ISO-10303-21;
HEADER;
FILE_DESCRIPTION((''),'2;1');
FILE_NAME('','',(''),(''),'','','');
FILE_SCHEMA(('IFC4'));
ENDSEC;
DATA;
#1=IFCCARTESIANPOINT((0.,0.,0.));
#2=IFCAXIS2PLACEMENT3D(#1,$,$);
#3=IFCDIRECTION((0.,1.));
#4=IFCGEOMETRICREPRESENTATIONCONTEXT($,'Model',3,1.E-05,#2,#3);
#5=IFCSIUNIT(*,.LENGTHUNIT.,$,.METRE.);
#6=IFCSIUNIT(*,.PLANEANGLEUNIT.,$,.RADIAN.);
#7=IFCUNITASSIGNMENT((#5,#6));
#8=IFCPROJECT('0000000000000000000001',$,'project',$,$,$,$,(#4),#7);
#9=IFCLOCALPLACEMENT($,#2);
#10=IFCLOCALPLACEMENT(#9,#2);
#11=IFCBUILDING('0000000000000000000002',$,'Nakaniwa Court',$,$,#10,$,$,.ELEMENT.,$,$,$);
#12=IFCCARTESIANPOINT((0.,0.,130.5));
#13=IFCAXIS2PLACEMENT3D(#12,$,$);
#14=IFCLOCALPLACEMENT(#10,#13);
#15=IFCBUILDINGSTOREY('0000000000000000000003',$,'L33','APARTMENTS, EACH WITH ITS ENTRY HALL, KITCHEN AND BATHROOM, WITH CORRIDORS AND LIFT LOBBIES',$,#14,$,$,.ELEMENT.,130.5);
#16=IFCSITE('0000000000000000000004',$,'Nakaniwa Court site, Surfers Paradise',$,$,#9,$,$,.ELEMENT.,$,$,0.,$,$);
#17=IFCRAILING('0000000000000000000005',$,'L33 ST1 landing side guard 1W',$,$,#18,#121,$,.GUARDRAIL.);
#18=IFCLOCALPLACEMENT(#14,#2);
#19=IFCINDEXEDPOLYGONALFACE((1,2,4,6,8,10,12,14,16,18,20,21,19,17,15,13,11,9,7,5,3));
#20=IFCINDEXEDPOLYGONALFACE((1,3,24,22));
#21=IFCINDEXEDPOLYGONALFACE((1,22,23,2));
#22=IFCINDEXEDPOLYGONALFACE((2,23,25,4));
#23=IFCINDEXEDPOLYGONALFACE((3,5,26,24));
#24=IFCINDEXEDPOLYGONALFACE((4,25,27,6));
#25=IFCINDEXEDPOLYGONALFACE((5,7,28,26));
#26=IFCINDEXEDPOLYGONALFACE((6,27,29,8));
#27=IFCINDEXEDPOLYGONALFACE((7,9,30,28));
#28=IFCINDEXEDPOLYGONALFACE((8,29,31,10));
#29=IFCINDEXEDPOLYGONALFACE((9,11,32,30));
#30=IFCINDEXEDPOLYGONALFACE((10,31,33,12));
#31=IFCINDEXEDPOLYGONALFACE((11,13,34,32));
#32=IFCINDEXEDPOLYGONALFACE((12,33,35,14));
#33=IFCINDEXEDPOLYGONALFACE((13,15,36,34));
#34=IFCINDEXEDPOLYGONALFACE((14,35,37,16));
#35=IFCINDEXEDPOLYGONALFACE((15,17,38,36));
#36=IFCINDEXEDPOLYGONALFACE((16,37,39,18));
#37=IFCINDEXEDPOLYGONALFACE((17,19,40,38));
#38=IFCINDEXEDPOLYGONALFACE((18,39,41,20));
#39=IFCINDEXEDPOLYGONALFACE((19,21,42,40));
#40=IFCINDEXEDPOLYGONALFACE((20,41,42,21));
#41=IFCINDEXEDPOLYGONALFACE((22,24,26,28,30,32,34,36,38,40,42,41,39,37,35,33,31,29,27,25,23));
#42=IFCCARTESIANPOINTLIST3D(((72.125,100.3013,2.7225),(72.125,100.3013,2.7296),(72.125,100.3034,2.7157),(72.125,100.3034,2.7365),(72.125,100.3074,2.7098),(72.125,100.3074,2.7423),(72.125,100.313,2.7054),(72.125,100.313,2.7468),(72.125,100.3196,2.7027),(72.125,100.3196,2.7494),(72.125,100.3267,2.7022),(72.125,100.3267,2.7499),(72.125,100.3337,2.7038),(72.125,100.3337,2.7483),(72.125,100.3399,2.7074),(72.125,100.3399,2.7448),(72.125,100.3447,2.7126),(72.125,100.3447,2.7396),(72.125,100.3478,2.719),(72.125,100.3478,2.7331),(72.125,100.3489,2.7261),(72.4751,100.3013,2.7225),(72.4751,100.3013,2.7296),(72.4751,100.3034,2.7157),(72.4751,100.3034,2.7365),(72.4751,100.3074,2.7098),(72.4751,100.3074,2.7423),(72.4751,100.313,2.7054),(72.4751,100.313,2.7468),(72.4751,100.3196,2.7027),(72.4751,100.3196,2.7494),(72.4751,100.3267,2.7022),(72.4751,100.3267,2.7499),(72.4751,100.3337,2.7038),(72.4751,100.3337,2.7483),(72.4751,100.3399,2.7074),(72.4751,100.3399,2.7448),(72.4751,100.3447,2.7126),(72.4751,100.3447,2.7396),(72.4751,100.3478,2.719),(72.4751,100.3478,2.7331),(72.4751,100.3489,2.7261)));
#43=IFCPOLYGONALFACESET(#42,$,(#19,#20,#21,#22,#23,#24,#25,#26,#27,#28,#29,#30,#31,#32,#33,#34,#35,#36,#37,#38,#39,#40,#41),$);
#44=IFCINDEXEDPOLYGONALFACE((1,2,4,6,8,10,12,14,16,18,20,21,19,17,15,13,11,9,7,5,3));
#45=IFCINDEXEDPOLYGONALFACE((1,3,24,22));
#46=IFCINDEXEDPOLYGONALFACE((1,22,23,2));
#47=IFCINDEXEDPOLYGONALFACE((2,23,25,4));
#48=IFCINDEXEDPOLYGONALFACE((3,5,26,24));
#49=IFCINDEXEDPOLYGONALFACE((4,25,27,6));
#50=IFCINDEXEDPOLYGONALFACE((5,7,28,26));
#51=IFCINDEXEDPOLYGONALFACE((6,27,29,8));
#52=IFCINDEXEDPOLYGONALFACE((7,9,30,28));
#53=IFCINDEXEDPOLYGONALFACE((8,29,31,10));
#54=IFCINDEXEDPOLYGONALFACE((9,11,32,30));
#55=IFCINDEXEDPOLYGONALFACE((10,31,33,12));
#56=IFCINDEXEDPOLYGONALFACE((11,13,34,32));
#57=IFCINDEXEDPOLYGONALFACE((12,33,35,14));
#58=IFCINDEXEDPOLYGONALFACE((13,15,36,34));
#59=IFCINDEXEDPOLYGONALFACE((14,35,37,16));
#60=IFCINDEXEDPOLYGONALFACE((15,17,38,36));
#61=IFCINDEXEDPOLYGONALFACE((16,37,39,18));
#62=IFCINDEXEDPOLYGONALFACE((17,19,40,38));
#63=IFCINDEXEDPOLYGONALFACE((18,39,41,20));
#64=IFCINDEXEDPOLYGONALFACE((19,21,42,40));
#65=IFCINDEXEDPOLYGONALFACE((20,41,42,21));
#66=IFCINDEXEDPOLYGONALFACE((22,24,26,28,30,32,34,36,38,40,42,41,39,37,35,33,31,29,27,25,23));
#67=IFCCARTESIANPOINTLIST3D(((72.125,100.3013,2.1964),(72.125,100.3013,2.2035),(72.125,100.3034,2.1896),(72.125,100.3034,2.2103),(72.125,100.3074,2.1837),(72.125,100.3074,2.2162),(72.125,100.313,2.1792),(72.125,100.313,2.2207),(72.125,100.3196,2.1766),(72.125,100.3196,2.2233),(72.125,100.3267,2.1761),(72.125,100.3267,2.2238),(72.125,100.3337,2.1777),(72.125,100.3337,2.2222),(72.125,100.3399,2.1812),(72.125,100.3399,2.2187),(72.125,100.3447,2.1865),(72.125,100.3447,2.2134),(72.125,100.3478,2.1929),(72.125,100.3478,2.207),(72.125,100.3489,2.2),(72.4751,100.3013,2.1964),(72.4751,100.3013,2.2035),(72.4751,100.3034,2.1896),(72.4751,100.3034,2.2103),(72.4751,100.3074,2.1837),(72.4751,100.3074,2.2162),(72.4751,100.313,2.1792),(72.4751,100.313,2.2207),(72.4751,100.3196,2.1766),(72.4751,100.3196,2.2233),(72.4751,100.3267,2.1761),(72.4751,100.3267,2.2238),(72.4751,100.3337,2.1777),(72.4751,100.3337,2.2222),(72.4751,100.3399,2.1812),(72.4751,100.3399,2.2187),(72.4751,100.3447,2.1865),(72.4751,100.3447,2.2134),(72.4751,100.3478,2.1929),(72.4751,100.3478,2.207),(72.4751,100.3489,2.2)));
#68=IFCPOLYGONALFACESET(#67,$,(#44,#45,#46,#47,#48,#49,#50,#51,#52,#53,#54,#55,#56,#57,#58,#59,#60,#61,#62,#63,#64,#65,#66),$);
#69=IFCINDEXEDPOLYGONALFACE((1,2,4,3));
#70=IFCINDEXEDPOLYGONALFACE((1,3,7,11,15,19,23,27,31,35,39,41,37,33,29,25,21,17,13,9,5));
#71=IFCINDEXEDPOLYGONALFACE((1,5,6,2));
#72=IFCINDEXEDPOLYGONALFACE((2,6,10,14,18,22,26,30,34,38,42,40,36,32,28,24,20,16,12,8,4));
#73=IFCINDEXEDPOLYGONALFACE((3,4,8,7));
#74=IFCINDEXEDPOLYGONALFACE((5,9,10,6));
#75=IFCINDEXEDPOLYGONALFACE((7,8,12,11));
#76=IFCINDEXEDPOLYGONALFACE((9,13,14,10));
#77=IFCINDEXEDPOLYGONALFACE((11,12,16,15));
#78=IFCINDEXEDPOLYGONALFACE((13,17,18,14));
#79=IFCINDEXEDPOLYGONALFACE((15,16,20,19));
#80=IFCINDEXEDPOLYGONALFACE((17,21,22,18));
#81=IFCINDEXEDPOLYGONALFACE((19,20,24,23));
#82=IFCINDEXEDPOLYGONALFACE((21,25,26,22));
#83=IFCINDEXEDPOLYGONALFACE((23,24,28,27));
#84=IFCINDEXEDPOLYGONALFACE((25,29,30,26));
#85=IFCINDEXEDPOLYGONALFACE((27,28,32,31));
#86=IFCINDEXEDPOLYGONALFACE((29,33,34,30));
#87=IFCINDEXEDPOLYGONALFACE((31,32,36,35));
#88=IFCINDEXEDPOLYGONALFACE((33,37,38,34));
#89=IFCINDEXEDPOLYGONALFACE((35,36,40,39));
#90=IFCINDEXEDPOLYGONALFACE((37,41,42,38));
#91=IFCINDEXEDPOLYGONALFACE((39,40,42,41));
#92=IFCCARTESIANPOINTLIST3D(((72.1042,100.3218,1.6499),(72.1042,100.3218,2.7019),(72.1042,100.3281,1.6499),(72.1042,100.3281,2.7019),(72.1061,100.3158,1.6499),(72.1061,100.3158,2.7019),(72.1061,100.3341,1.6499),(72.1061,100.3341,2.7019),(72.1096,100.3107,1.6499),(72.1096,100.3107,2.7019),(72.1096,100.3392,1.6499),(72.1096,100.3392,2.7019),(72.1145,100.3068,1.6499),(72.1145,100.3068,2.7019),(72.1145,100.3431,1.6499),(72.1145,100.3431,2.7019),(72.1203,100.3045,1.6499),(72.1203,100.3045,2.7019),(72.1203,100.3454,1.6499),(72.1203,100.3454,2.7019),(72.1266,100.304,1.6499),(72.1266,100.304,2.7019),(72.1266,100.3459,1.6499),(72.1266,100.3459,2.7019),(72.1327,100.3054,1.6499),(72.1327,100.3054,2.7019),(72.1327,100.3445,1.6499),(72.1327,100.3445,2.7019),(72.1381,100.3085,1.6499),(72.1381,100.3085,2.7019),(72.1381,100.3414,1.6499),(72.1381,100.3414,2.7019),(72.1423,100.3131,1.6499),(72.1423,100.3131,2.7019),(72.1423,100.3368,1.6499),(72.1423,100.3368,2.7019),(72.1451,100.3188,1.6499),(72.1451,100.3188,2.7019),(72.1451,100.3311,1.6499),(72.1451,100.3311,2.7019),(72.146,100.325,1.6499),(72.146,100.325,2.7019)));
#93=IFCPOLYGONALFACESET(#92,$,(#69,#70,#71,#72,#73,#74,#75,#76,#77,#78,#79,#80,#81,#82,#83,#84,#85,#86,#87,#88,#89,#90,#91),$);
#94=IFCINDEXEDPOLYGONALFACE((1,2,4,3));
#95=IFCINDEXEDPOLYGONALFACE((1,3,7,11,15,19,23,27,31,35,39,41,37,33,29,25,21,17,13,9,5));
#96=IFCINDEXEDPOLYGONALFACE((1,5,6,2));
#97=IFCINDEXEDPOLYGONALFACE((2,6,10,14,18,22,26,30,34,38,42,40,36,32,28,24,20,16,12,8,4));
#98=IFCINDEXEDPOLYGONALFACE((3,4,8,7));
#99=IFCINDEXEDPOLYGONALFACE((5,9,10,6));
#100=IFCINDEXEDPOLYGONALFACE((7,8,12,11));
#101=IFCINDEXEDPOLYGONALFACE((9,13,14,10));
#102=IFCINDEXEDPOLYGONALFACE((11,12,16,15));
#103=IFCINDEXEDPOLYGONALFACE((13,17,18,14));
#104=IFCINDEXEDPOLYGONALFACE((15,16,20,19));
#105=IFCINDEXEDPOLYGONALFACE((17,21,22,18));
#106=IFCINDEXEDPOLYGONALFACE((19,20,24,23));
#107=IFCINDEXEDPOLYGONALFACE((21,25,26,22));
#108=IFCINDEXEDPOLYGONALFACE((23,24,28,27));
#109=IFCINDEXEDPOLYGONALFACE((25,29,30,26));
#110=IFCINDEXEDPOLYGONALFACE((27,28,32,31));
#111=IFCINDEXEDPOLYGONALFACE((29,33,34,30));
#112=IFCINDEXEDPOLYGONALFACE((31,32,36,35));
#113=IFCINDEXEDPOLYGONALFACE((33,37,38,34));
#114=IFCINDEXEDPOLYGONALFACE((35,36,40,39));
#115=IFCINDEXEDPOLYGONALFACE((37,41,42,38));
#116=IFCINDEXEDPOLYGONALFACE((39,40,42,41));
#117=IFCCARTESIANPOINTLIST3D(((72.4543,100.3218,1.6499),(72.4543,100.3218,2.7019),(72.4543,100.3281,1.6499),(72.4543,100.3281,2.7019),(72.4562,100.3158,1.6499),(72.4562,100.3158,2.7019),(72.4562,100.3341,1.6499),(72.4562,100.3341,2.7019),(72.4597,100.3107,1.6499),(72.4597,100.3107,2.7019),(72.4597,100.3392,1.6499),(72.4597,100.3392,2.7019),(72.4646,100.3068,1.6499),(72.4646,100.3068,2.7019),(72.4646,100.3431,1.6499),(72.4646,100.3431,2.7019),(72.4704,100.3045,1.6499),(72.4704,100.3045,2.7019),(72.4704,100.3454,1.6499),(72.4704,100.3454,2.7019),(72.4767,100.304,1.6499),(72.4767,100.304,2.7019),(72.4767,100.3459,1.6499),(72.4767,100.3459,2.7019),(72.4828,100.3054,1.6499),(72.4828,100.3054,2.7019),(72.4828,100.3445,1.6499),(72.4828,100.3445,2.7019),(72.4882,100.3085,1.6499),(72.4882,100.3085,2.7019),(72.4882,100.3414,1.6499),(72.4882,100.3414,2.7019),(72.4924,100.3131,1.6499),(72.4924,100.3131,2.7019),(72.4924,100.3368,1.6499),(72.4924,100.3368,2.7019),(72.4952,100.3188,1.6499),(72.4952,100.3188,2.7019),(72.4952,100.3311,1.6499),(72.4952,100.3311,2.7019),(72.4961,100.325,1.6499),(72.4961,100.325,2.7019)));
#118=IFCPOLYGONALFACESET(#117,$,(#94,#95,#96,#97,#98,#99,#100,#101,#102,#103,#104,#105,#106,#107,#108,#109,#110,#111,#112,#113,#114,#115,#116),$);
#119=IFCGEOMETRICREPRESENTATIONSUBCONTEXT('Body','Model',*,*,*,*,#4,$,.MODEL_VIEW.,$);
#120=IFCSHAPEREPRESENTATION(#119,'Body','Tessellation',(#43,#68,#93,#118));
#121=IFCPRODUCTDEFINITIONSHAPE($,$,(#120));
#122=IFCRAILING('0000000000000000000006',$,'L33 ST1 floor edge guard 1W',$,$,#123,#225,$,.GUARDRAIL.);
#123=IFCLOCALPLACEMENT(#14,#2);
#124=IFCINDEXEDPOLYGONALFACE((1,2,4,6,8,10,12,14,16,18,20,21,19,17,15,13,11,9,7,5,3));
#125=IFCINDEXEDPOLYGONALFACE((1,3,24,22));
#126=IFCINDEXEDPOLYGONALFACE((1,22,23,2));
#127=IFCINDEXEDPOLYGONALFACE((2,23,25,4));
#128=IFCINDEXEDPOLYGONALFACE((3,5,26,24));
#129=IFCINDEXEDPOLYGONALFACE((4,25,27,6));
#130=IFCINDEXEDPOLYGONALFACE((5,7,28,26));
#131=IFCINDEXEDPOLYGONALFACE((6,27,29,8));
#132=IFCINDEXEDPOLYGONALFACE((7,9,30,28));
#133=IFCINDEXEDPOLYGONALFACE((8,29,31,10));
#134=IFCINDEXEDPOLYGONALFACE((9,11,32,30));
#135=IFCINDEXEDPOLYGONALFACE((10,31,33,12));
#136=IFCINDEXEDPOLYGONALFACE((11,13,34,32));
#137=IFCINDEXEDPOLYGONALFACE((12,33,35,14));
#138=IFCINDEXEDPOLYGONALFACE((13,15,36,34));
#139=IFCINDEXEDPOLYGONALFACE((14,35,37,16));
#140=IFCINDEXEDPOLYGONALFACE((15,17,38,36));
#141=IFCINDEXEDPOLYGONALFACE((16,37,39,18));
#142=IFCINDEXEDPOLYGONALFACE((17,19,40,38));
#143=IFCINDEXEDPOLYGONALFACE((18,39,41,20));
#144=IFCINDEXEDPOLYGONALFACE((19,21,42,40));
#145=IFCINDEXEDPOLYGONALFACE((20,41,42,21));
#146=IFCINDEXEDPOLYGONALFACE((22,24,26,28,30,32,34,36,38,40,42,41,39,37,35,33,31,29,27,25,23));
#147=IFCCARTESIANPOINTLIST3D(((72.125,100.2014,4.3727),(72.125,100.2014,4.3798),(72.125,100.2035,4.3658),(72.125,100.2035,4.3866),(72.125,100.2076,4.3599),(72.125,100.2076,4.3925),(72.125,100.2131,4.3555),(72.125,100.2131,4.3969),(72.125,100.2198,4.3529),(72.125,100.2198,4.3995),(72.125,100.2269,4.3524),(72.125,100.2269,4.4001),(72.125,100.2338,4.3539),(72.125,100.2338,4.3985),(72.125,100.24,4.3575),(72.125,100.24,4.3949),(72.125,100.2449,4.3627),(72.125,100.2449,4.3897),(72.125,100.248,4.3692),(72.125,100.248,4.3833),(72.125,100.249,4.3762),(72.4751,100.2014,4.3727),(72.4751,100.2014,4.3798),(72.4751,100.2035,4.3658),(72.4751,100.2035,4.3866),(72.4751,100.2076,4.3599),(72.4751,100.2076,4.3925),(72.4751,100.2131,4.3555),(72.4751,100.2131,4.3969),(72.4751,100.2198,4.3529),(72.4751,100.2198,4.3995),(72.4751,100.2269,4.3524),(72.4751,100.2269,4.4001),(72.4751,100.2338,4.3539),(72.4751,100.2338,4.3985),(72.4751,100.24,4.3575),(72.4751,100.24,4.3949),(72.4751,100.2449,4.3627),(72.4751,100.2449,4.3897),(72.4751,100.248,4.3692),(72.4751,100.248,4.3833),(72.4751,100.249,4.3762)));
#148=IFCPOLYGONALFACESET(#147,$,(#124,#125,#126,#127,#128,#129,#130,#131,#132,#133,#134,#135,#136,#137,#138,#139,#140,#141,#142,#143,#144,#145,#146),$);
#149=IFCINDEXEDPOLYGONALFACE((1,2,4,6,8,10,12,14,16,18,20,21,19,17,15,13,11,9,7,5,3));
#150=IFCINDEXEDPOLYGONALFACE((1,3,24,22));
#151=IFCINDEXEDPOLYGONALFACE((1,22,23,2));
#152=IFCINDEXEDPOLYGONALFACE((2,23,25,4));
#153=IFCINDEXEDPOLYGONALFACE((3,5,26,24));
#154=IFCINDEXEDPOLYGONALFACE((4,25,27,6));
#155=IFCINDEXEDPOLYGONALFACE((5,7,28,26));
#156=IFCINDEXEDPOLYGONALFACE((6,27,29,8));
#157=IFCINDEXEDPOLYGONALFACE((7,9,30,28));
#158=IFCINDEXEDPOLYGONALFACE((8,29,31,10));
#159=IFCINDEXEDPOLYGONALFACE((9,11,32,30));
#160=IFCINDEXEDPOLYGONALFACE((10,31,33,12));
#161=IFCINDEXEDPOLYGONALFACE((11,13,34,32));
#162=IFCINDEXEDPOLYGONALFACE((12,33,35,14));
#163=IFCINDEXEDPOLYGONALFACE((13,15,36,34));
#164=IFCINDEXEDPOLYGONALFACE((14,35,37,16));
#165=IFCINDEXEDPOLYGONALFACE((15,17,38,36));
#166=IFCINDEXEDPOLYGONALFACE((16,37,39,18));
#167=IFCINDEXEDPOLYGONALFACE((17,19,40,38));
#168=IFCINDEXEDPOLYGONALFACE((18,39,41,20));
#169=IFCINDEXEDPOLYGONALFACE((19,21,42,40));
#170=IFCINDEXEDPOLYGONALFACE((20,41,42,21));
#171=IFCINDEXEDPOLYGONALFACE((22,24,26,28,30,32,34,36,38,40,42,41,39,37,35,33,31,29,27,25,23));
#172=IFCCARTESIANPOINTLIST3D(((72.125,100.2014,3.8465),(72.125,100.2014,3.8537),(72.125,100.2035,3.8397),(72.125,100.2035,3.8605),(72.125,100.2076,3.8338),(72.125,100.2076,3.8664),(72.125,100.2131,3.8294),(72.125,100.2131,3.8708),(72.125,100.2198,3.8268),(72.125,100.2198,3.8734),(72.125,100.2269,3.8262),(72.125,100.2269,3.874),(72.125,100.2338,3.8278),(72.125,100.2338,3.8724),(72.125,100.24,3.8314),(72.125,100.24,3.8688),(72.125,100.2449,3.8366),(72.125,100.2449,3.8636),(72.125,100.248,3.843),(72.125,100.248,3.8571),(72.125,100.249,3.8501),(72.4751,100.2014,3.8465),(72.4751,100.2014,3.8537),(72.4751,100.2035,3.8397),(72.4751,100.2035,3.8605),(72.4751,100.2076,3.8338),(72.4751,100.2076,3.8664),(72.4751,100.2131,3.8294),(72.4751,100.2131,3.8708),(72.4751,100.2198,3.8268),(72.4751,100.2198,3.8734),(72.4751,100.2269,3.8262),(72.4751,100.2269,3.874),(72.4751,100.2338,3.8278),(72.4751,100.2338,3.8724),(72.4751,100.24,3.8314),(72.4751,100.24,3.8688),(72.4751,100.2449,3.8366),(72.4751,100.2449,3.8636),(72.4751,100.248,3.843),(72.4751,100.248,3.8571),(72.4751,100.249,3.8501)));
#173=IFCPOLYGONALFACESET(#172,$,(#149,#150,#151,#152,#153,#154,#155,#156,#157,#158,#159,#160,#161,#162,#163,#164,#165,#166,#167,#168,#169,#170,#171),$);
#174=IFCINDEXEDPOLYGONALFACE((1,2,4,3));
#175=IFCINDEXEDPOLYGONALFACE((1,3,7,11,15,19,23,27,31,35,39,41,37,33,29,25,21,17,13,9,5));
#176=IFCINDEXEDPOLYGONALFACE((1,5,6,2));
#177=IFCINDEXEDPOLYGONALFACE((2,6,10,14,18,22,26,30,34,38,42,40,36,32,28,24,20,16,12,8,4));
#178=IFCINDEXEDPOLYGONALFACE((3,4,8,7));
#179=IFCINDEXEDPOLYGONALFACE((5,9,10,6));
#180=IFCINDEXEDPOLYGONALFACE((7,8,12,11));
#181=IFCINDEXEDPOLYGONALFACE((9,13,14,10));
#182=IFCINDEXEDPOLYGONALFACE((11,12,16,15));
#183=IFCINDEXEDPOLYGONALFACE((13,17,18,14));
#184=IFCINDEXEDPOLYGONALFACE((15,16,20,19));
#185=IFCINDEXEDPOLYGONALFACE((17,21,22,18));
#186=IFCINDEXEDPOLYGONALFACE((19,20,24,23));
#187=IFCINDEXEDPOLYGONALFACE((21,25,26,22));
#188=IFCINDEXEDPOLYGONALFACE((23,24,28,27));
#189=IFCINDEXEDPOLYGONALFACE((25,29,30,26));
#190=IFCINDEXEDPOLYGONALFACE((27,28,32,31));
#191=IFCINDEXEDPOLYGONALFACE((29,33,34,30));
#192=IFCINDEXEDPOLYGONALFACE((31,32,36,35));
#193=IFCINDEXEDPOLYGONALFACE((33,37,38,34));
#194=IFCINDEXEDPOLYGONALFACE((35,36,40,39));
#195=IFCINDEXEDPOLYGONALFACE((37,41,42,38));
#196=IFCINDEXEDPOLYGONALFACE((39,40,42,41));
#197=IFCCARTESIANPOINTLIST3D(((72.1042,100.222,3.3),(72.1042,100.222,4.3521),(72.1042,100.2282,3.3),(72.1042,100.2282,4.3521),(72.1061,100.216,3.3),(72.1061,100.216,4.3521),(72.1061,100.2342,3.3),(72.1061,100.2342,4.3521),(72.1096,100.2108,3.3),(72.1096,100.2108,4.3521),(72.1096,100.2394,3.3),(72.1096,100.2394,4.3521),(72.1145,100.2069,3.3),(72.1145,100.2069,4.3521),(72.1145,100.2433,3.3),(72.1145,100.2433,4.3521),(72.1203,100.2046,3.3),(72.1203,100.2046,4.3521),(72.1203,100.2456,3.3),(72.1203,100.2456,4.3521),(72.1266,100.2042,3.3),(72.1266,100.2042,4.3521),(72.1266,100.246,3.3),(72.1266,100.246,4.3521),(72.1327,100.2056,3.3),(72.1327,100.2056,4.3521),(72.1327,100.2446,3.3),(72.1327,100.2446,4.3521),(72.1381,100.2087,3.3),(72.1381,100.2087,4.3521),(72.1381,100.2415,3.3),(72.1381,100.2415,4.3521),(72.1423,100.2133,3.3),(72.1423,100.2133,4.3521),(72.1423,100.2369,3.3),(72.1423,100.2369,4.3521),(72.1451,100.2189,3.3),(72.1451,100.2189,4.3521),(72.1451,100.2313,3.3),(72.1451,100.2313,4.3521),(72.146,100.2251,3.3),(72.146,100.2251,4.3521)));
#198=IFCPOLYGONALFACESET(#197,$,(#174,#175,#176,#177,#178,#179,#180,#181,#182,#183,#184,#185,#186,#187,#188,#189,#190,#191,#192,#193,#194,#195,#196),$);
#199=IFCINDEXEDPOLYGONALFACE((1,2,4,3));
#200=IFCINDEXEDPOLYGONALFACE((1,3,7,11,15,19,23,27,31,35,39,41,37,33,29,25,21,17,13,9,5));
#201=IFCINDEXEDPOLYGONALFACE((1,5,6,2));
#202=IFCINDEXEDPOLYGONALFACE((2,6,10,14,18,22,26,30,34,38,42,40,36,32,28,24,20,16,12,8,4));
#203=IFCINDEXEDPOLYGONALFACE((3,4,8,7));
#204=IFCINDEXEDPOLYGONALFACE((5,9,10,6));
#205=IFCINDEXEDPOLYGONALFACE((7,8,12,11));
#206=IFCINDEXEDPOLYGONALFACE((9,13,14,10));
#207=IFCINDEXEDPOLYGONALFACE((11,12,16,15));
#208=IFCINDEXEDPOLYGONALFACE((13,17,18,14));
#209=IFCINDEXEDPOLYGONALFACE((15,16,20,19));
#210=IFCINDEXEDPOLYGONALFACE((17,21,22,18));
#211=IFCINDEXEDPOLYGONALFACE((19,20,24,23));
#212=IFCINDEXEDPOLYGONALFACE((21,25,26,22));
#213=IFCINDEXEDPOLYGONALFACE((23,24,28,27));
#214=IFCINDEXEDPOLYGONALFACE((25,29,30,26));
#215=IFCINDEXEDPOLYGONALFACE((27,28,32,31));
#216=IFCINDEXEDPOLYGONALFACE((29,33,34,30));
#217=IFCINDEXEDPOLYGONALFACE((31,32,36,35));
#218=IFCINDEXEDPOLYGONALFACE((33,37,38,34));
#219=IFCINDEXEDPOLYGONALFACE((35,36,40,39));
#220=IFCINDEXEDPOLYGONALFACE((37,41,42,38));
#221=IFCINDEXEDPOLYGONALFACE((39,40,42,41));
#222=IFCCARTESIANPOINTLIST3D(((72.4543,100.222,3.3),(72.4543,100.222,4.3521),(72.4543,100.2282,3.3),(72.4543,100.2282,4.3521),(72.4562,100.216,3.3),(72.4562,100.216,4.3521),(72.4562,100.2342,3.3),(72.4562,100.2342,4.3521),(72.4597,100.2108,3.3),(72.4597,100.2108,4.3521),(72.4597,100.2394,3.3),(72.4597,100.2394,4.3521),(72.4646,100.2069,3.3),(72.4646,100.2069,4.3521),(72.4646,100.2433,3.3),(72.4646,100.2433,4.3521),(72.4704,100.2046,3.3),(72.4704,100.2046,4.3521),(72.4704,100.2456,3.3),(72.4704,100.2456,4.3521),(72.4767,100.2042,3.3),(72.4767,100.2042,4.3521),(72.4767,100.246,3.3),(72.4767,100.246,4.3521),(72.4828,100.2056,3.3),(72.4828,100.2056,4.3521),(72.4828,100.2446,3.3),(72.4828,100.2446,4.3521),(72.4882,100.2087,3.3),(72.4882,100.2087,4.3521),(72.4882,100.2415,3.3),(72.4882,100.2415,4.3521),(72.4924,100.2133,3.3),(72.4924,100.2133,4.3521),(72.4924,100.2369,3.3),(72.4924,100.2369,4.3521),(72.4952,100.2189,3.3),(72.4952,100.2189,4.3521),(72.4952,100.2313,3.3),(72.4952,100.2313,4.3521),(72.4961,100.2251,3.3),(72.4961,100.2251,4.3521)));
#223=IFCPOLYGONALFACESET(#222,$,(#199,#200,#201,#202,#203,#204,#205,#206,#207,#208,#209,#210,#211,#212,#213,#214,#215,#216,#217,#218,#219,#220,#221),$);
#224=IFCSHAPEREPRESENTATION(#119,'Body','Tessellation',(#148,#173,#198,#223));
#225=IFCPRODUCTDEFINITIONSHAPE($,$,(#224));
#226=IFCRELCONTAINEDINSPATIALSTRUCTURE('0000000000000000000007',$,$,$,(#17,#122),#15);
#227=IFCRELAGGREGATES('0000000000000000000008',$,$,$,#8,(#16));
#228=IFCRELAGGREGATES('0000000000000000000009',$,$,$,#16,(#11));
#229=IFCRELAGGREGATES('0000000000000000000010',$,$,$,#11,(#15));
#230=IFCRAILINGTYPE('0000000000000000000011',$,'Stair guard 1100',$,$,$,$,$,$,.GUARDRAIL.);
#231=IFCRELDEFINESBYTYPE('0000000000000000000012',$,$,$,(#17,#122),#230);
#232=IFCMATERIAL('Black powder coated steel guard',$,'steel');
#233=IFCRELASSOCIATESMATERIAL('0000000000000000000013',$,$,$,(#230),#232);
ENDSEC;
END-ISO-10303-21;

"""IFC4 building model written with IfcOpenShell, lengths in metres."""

from ifc_helpers import new_model, si_unit, direction, frame, origin, origin_2d, place, context, subcontext, project, spatial, circle, extrude, material, type_object, element, save


model = new_model("IFC4")

# Units and contexts
model_context = context("Model", 3, precision=1e-05, world=origin(), true_north=direction((0.0, 1.0)))
body_context = subcontext(model_context, "Body", "Model", "MODEL_VIEW")
ifc_project = project(units=[si_unit("LENGTHUNIT", "METRE"), si_unit("PLANEANGLEUNIT", "RADIAN")], contexts=[model_context])

# Site, building, storey
site_placement = place(None, origin())
site = spatial("IfcSite", under=ifc_project, at=site_placement, Name="Nakaniwa Court site, Surfers Paradise", CompositionType="ELEMENT", RefElevation=0.0)
building_placement = place(site_placement, origin())
building = spatial("IfcBuilding", under=site, at=building_placement, Name="Nakaniwa Court", CompositionType="ELEMENT")
storey_placement = place(building_placement, frame((0.0, 0.0, 130.5)))
storey = spatial("IfcBuildingStorey", under=building, at=storey_placement, Name="L33", Description="APARTMENTS, EACH WITH ITS ENTRY HALL, KITCHEN AND BATHROOM, WITH CORRIDORS AND LIFT LOBBIES", CompositionType="ELEMENT", Elevation=130.5)

# Railings
ifc_material_1 = material(Name="Black powder coated steel guard", Category="steel")
railing_type_1 = type_object("IfcRailingType", Name="Stair guard 1100", PredefinedType="GUARDRAIL", material=ifc_material_1)
for number, where, name in (
    (1, (72.125, 100.325, 1.6499), "L33 ST1 landing side guard 1W"),
    (2, (72.125, 100.2251, 3.3), "L33 ST1 floor edge guard 1W"),
):
    element("IfcRailing", number, at=place(storey_placement, frame(where)), inside=storey, type_object=railing_type_1, Name=name, PredefinedType="GUARDRAIL", context=body_context, shape_type="SweptSolid", body=[
        extrude(circle(Radius=0.0239, at=origin_2d()), frame((0.0, 0.0, 1.0762), z_axis=(1.0, 0.0, 0.0), x_axis=(0.0, 1.0, 0.0)), (0.0, 0.0, 1.0), 0.3501),
        extrude(circle(Radius=0.0239, at=origin_2d()), frame((0.0, 0.0, 0.55), z_axis=(1.0, 0.0, 0.0), x_axis=(0.0, 1.0, 0.0)), (0.0, 0.0, 1.0), 0.3501),
        extrude(circle(Radius=0.021, at=origin_2d()), origin(), (0.0, 0.0, 1.0), 1.052),
        extrude(circle(Radius=0.021, at=origin_2d()), frame((0.3501, 0.0, 0.0)), (0.0, 0.0, 1.0), 1.052),
    ])

save(model, "model.ifc")
